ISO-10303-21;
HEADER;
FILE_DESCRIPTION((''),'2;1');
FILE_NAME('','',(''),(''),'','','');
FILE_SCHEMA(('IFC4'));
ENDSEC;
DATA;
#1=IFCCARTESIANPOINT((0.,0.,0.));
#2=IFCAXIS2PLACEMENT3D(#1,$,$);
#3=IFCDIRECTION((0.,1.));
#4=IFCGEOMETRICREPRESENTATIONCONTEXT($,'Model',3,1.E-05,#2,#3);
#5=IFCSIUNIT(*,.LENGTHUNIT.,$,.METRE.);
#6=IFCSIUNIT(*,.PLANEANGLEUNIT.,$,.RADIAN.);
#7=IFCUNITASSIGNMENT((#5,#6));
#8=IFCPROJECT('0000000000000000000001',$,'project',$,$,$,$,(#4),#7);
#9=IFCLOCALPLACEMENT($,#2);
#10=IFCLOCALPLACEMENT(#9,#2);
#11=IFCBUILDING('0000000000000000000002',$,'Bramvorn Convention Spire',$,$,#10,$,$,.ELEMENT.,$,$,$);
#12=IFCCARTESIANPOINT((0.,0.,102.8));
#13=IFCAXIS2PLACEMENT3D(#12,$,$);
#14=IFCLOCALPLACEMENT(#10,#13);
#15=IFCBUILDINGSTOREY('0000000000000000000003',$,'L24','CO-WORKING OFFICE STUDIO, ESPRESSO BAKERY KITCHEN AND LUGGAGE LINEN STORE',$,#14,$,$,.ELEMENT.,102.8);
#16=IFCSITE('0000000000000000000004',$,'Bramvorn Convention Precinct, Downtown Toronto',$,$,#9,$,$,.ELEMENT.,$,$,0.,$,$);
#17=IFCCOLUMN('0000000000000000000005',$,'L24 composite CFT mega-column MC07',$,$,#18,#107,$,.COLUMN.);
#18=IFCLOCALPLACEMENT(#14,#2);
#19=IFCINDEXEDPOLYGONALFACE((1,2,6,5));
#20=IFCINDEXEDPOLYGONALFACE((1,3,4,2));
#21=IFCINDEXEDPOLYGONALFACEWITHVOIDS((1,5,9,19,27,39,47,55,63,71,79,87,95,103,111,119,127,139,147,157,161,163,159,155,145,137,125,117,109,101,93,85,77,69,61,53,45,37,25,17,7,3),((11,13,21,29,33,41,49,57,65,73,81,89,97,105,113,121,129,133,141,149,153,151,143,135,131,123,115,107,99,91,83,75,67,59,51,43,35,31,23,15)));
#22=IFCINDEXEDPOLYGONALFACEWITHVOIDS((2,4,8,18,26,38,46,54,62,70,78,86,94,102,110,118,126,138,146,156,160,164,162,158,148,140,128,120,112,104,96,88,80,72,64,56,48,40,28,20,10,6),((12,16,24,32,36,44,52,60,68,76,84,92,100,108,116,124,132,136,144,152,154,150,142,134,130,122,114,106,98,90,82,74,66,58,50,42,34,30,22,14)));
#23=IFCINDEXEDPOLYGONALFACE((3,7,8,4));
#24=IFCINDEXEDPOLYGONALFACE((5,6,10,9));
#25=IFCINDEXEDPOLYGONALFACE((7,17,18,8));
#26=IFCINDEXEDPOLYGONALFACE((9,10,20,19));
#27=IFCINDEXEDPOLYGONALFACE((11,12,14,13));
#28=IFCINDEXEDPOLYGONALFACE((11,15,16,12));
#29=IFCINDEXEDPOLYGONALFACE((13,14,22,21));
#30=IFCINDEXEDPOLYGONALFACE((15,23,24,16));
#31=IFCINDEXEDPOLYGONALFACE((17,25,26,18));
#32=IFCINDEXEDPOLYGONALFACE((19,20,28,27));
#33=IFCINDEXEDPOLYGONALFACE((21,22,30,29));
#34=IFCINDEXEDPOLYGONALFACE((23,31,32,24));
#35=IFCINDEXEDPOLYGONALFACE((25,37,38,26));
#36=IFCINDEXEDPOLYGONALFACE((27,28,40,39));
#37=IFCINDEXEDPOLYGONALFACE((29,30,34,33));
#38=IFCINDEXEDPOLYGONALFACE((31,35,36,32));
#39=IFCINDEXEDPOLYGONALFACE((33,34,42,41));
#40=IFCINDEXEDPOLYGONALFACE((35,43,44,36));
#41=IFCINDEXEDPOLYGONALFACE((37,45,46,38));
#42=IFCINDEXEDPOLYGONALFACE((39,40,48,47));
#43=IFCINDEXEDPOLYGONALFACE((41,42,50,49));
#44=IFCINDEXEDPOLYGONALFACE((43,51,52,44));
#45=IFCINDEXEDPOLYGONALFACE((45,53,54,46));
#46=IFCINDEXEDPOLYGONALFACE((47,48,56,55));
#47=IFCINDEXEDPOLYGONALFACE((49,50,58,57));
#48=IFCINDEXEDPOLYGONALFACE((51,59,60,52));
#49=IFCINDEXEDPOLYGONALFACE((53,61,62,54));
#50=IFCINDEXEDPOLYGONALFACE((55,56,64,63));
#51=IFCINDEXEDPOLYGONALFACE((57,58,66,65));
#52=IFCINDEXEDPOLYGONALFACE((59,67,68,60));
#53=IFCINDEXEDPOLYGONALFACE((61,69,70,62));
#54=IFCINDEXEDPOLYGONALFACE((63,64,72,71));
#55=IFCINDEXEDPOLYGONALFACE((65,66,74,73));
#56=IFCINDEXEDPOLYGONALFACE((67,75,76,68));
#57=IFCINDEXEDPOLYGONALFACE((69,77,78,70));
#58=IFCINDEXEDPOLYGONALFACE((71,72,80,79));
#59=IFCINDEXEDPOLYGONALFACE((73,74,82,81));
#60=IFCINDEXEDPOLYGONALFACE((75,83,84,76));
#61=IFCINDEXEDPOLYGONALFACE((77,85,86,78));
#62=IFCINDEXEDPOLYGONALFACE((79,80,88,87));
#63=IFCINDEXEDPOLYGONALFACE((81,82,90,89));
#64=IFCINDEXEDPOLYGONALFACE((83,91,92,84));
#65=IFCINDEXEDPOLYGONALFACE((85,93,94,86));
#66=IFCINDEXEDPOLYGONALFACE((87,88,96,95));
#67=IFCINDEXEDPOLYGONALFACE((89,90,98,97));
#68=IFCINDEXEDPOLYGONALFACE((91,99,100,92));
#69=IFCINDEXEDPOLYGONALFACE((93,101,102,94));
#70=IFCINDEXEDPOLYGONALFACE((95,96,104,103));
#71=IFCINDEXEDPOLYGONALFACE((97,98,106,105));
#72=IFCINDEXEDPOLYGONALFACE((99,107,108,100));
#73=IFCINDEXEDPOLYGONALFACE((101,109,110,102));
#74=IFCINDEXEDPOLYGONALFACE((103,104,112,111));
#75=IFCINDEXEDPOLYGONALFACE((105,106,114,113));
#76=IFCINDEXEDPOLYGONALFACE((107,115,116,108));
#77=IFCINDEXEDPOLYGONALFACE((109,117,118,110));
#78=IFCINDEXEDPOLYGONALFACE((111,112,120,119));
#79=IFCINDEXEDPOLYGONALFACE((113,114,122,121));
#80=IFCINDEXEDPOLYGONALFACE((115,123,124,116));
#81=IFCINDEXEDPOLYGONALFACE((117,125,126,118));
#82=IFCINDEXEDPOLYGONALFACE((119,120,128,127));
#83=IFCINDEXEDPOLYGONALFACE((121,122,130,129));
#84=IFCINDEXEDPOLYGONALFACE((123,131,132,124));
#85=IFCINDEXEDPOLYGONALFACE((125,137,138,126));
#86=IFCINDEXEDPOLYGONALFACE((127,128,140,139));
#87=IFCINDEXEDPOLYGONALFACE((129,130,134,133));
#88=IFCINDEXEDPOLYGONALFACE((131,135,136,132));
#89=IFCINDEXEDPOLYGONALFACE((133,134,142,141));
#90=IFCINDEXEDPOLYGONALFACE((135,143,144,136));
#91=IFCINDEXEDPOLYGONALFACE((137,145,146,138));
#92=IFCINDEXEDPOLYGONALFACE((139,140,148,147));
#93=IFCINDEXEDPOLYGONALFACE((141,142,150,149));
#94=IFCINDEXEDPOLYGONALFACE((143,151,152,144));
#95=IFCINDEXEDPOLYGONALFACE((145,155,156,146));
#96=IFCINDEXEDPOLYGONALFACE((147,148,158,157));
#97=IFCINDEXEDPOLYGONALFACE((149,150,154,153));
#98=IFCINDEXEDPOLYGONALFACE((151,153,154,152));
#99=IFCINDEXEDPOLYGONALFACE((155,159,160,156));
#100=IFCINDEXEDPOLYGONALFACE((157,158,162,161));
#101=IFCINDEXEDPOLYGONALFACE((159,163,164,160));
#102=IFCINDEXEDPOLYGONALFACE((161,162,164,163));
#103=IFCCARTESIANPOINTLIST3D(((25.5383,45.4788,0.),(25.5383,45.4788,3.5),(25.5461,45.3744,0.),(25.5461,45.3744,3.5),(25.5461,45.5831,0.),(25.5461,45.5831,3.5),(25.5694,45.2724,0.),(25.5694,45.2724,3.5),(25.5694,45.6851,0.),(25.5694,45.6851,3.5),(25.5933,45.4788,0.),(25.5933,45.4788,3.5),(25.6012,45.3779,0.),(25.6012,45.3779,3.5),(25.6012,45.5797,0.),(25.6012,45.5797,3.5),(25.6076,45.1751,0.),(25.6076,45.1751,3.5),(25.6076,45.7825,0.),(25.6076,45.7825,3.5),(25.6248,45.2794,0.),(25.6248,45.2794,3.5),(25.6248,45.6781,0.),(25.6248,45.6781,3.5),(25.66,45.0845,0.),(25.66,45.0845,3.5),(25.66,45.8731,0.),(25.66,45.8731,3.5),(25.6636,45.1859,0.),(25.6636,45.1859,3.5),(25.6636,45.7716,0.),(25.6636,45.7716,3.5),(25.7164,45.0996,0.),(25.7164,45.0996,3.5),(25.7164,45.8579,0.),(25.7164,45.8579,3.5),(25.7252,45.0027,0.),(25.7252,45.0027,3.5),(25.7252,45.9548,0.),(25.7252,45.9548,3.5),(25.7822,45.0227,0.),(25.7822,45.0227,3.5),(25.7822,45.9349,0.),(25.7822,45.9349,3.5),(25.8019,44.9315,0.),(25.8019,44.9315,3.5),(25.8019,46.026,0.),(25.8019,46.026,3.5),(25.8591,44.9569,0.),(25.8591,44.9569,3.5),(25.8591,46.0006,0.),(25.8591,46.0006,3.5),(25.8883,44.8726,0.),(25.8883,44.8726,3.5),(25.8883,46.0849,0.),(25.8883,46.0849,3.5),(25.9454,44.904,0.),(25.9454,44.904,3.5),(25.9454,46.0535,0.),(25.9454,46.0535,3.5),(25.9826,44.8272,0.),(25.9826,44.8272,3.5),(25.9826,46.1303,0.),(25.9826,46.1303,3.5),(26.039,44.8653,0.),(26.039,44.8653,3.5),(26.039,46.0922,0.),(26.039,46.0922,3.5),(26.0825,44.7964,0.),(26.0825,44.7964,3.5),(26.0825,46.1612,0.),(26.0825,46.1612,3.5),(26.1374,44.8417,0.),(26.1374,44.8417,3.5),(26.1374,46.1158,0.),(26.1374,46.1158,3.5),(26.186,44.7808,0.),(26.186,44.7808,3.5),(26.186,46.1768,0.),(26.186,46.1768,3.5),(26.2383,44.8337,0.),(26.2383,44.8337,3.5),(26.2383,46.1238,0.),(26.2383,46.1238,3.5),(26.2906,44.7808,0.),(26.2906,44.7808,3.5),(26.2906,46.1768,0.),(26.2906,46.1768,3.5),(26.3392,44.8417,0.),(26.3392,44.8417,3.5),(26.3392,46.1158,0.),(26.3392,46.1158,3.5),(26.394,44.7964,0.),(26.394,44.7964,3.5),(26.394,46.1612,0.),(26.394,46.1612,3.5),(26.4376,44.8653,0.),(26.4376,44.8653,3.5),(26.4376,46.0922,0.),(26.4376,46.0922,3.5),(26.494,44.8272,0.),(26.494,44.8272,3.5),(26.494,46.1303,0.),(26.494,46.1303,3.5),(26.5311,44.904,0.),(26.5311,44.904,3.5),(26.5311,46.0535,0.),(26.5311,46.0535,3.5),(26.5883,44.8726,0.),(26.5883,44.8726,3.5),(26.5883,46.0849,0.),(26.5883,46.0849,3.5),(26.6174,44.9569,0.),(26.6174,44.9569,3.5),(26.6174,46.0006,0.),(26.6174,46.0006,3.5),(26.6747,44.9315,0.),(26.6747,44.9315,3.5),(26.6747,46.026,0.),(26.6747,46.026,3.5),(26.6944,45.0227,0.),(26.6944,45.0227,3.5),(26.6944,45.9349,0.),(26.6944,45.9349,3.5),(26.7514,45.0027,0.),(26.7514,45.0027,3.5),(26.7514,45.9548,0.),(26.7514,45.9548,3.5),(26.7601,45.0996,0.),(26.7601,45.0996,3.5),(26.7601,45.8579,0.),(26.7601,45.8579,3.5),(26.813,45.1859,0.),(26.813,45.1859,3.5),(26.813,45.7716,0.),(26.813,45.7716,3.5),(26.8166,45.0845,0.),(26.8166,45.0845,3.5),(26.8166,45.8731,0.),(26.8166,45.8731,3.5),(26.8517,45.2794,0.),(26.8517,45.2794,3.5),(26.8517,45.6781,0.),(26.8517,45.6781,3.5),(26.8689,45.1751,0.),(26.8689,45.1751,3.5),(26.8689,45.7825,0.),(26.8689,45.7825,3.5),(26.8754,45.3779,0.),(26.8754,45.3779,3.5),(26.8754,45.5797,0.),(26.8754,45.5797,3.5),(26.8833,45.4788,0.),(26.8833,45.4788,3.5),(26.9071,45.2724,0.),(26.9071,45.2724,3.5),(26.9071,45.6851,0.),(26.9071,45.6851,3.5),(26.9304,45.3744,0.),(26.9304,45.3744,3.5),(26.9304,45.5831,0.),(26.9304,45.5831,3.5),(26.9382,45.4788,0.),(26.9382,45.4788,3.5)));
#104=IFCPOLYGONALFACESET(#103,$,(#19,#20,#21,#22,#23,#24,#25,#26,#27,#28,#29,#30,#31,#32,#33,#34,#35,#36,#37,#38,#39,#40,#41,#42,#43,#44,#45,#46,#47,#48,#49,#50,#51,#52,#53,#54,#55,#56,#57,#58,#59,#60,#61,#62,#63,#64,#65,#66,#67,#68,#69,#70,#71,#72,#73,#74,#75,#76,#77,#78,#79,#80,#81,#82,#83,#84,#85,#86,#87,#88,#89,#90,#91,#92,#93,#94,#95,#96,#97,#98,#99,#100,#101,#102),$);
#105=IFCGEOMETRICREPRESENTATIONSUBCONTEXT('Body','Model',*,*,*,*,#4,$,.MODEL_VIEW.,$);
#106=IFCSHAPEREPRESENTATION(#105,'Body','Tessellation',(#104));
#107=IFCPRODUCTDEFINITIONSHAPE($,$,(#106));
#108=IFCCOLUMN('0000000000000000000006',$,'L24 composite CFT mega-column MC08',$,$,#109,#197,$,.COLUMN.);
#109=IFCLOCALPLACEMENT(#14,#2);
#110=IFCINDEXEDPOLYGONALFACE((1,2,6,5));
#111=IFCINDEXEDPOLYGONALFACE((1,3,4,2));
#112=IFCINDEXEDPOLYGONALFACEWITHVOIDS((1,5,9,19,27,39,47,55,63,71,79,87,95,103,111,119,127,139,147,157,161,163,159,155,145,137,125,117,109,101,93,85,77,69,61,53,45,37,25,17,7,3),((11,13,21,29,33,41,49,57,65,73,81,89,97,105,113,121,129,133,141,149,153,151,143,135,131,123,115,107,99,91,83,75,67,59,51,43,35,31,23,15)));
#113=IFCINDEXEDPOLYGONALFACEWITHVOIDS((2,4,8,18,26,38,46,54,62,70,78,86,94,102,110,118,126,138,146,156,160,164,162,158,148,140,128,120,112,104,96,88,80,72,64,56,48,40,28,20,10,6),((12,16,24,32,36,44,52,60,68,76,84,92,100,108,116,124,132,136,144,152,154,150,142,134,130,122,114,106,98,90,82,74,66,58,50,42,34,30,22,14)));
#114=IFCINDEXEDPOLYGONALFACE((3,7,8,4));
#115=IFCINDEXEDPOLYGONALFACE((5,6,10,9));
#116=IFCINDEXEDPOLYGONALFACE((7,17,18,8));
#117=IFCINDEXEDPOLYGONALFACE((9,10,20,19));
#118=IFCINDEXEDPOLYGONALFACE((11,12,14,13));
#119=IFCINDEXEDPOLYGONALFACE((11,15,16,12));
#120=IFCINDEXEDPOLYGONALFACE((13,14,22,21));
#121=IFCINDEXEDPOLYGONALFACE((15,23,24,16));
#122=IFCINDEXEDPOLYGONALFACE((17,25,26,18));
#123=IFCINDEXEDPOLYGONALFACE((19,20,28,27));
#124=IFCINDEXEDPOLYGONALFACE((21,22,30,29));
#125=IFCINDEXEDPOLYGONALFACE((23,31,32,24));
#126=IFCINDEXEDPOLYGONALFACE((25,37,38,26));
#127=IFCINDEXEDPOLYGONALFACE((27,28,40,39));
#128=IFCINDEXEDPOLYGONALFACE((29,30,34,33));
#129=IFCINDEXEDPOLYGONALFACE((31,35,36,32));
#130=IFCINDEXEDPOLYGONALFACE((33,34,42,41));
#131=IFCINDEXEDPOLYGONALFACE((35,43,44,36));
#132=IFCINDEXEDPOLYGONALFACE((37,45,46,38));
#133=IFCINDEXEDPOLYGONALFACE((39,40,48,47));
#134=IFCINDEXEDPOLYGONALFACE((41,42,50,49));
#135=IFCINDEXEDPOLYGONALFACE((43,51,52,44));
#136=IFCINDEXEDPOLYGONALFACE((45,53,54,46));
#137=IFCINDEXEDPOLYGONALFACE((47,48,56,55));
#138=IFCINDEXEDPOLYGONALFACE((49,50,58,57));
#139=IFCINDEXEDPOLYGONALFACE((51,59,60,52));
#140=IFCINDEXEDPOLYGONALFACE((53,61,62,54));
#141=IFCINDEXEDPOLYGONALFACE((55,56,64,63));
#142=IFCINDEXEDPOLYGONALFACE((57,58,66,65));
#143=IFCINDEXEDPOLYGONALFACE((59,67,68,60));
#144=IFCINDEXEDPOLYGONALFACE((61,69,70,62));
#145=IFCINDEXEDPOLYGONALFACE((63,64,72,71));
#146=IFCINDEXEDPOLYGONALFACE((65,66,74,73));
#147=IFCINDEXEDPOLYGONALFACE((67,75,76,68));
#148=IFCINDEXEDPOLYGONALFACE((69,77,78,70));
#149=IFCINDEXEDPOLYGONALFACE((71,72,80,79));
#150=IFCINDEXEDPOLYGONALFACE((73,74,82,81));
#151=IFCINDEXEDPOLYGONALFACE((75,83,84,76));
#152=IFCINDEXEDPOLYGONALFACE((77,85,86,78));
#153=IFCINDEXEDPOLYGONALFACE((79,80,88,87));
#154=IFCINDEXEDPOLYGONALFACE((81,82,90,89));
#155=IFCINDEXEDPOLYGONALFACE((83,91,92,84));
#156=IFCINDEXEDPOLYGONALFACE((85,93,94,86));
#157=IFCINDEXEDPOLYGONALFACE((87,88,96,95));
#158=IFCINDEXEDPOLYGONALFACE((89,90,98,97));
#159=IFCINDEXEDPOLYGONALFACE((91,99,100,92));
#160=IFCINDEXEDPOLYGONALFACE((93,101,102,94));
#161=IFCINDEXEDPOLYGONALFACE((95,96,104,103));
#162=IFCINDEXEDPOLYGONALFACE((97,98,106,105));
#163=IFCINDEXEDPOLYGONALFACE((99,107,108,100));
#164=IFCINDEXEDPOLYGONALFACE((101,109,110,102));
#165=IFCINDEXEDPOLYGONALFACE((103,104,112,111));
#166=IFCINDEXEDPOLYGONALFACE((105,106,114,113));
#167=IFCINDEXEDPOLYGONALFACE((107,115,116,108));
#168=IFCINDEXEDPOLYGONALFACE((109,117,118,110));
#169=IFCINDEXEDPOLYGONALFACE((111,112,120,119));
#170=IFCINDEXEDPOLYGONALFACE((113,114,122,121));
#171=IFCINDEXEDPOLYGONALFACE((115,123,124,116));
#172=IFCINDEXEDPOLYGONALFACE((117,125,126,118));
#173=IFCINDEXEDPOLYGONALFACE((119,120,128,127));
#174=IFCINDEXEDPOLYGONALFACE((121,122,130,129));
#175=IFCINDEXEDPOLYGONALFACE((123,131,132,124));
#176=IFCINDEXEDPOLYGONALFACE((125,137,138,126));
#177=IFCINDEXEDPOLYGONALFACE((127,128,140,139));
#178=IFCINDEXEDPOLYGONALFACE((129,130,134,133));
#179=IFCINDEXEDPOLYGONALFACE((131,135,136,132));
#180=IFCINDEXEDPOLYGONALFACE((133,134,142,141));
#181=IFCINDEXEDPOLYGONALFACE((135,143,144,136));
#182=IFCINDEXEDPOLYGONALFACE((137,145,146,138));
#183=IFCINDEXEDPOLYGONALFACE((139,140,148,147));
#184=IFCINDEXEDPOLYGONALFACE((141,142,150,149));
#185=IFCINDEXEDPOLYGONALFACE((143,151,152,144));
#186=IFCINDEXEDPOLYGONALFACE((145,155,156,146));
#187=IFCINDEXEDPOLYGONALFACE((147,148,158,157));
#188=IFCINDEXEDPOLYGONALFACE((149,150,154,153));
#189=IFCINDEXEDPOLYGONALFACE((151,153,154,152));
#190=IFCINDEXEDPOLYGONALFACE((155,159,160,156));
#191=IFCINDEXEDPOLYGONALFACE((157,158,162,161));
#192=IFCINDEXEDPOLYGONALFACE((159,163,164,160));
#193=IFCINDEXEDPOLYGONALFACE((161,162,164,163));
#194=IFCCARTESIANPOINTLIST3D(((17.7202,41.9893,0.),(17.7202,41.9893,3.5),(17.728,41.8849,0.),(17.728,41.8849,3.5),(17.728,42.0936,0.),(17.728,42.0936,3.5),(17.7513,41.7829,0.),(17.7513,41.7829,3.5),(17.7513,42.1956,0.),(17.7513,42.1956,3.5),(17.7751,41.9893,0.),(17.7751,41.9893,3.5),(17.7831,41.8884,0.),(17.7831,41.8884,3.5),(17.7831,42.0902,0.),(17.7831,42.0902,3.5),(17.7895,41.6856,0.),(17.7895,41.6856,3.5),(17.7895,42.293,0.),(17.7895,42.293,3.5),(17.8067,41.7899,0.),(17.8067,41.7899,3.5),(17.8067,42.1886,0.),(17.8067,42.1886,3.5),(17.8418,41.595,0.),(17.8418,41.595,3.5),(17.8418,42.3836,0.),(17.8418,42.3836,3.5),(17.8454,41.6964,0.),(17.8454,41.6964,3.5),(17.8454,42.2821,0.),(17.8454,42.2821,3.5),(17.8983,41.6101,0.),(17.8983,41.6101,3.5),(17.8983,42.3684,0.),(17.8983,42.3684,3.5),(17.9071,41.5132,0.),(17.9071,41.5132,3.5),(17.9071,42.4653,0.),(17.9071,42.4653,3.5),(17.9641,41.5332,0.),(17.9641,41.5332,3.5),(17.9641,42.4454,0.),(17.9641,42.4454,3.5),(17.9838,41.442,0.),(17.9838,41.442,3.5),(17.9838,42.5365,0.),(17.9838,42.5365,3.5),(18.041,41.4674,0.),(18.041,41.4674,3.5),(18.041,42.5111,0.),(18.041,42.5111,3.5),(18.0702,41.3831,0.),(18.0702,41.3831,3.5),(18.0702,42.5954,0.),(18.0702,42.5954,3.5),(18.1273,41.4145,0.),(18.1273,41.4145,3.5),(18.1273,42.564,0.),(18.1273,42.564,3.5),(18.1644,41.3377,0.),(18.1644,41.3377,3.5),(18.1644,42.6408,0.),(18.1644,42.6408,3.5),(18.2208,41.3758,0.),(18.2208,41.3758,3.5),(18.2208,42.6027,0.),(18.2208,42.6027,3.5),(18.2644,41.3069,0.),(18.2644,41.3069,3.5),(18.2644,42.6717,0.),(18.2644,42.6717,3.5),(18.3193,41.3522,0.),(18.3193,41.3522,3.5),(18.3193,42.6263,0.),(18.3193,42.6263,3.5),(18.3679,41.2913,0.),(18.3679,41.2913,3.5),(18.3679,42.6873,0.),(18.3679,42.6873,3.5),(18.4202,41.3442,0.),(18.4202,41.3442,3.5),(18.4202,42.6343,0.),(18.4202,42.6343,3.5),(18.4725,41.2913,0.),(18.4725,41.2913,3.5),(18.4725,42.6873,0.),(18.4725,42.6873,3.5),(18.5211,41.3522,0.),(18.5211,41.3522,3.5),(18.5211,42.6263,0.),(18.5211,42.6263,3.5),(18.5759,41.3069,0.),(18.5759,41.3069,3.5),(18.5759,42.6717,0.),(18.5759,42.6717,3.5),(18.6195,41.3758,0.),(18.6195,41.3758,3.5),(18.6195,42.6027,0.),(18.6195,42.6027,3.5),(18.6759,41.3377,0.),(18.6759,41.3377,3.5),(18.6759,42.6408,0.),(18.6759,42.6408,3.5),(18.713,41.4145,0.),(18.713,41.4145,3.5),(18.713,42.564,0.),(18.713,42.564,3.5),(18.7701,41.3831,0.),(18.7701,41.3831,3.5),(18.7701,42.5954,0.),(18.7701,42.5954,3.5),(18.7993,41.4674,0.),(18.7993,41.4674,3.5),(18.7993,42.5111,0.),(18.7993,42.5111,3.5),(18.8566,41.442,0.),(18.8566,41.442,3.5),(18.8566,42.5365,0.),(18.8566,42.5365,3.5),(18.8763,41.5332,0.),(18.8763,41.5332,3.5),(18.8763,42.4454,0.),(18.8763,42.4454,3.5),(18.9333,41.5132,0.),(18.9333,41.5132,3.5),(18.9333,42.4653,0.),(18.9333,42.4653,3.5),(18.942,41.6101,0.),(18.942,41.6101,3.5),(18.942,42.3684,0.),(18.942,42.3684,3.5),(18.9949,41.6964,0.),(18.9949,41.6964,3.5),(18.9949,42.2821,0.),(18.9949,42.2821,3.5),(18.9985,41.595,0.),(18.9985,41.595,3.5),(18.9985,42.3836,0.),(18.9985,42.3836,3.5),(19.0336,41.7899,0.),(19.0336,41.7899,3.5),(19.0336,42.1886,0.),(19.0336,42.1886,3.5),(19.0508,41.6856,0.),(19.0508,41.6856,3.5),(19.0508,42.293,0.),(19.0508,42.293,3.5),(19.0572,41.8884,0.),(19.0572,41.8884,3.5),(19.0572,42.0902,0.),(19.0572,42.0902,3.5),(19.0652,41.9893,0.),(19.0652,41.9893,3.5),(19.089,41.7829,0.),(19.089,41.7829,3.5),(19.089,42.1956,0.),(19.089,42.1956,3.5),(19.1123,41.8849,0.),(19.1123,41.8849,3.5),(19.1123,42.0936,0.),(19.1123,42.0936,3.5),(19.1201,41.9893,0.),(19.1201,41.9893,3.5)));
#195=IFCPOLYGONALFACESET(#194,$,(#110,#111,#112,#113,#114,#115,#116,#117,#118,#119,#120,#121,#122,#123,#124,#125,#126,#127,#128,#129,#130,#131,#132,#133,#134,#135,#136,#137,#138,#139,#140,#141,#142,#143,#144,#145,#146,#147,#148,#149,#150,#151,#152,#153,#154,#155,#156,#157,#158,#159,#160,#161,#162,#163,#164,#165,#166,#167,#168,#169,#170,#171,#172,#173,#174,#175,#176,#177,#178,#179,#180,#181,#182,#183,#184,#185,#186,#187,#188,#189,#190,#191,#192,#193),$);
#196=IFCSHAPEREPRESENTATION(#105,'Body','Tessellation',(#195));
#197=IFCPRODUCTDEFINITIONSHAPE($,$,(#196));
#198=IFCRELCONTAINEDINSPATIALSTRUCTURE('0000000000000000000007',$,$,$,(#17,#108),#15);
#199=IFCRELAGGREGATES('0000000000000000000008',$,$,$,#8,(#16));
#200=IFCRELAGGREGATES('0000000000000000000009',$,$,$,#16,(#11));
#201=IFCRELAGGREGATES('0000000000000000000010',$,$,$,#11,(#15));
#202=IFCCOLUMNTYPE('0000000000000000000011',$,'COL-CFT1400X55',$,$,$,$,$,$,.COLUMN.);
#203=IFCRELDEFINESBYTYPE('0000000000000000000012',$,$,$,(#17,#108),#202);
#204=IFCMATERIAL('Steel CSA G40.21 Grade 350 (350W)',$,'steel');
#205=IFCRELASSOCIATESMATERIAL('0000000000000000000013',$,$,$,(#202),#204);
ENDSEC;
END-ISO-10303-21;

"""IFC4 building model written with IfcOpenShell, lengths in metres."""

from ifc_helpers import new_model, si_unit, direction, frame, origin, origin_2d, place, context, subcontext, project, spatial, hollow_circle, extrude, material, material_profile, profile_set, type_object, element, save


model = new_model("IFC4")

# Units and contexts
model_context = context("Model", 3, precision=1e-05, world=origin(), true_north=direction((0.0, 1.0)))
body_context = subcontext(model_context, "Body", "Model", "MODEL_VIEW")
ifc_project = project(units=[si_unit("LENGTHUNIT", "METRE"), si_unit("PLANEANGLEUNIT", "RADIAN")], contexts=[model_context])

# Site, building, storey
site_placement = place(None, origin())
site = spatial("IfcSite", under=ifc_project, at=site_placement, Name="Bramvorn Convention Precinct, Downtown Toronto", CompositionType="ELEMENT", RefElevation=0.0)
building_placement = place(site_placement, origin())
building = spatial("IfcBuilding", under=site, at=building_placement, Name="Bramvorn Convention Spire", CompositionType="ELEMENT")
storey_placement = place(building_placement, frame((0.0, 0.0, 102.8)))
storey = spatial("IfcBuildingStorey", under=building, at=storey_placement, Name="L24", Description="CO-WORKING OFFICE STUDIO, ESPRESSO BAKERY KITCHEN AND LUGGAGE LINEN STORE", CompositionType="ELEMENT", Elevation=102.8)

# Columns
ifc_material_1 = material(Name="Steel CSA G40.21 Grade 350 (350W)", Category="steel")
ifc_material_profile_1 = material_profile(ifc_material_1, hollow_circle(Radius=0.7, WallThickness=0.0549, at=origin_2d()))
ifc_profile_set_1 = profile_set([ifc_material_profile_1], Name="Steel CSA G40.21 Grade 350 (350W) - CFT1400X55")
column_type = type_object("IfcColumnType", Name="COL-CFT1400X55", PredefinedType="COLUMN", material=ifc_profile_set_1)
for number, where, z_axis, x_axis, name in (
    (1, (26.2383, 45.4788, 0.0), (0.0, 0.0, 1.0), (1.0, 0.0, 0.0), "L24 composite CFT mega-column MC07"),
    (2, (18.4202, 41.9893, 0.0), (0.0, 0.0, 1.0), (1.0, 0.0, 0.0), "L24 composite CFT mega-column MC08"),
):
    element("IfcColumn", number, at=place(storey_placement, frame(where, z_axis=z_axis, x_axis=x_axis)), inside=storey, type_object=column_type, Name=name, PredefinedType="COLUMN", context=body_context, shape_type="SweptSolid", body=[
        extrude(hollow_circle(Radius=0.7, WallThickness=0.0549, at=origin_2d()), origin(), (0.0, 0.0, 1.0), 3.5),
    ])

save(model, "model.ifc")
